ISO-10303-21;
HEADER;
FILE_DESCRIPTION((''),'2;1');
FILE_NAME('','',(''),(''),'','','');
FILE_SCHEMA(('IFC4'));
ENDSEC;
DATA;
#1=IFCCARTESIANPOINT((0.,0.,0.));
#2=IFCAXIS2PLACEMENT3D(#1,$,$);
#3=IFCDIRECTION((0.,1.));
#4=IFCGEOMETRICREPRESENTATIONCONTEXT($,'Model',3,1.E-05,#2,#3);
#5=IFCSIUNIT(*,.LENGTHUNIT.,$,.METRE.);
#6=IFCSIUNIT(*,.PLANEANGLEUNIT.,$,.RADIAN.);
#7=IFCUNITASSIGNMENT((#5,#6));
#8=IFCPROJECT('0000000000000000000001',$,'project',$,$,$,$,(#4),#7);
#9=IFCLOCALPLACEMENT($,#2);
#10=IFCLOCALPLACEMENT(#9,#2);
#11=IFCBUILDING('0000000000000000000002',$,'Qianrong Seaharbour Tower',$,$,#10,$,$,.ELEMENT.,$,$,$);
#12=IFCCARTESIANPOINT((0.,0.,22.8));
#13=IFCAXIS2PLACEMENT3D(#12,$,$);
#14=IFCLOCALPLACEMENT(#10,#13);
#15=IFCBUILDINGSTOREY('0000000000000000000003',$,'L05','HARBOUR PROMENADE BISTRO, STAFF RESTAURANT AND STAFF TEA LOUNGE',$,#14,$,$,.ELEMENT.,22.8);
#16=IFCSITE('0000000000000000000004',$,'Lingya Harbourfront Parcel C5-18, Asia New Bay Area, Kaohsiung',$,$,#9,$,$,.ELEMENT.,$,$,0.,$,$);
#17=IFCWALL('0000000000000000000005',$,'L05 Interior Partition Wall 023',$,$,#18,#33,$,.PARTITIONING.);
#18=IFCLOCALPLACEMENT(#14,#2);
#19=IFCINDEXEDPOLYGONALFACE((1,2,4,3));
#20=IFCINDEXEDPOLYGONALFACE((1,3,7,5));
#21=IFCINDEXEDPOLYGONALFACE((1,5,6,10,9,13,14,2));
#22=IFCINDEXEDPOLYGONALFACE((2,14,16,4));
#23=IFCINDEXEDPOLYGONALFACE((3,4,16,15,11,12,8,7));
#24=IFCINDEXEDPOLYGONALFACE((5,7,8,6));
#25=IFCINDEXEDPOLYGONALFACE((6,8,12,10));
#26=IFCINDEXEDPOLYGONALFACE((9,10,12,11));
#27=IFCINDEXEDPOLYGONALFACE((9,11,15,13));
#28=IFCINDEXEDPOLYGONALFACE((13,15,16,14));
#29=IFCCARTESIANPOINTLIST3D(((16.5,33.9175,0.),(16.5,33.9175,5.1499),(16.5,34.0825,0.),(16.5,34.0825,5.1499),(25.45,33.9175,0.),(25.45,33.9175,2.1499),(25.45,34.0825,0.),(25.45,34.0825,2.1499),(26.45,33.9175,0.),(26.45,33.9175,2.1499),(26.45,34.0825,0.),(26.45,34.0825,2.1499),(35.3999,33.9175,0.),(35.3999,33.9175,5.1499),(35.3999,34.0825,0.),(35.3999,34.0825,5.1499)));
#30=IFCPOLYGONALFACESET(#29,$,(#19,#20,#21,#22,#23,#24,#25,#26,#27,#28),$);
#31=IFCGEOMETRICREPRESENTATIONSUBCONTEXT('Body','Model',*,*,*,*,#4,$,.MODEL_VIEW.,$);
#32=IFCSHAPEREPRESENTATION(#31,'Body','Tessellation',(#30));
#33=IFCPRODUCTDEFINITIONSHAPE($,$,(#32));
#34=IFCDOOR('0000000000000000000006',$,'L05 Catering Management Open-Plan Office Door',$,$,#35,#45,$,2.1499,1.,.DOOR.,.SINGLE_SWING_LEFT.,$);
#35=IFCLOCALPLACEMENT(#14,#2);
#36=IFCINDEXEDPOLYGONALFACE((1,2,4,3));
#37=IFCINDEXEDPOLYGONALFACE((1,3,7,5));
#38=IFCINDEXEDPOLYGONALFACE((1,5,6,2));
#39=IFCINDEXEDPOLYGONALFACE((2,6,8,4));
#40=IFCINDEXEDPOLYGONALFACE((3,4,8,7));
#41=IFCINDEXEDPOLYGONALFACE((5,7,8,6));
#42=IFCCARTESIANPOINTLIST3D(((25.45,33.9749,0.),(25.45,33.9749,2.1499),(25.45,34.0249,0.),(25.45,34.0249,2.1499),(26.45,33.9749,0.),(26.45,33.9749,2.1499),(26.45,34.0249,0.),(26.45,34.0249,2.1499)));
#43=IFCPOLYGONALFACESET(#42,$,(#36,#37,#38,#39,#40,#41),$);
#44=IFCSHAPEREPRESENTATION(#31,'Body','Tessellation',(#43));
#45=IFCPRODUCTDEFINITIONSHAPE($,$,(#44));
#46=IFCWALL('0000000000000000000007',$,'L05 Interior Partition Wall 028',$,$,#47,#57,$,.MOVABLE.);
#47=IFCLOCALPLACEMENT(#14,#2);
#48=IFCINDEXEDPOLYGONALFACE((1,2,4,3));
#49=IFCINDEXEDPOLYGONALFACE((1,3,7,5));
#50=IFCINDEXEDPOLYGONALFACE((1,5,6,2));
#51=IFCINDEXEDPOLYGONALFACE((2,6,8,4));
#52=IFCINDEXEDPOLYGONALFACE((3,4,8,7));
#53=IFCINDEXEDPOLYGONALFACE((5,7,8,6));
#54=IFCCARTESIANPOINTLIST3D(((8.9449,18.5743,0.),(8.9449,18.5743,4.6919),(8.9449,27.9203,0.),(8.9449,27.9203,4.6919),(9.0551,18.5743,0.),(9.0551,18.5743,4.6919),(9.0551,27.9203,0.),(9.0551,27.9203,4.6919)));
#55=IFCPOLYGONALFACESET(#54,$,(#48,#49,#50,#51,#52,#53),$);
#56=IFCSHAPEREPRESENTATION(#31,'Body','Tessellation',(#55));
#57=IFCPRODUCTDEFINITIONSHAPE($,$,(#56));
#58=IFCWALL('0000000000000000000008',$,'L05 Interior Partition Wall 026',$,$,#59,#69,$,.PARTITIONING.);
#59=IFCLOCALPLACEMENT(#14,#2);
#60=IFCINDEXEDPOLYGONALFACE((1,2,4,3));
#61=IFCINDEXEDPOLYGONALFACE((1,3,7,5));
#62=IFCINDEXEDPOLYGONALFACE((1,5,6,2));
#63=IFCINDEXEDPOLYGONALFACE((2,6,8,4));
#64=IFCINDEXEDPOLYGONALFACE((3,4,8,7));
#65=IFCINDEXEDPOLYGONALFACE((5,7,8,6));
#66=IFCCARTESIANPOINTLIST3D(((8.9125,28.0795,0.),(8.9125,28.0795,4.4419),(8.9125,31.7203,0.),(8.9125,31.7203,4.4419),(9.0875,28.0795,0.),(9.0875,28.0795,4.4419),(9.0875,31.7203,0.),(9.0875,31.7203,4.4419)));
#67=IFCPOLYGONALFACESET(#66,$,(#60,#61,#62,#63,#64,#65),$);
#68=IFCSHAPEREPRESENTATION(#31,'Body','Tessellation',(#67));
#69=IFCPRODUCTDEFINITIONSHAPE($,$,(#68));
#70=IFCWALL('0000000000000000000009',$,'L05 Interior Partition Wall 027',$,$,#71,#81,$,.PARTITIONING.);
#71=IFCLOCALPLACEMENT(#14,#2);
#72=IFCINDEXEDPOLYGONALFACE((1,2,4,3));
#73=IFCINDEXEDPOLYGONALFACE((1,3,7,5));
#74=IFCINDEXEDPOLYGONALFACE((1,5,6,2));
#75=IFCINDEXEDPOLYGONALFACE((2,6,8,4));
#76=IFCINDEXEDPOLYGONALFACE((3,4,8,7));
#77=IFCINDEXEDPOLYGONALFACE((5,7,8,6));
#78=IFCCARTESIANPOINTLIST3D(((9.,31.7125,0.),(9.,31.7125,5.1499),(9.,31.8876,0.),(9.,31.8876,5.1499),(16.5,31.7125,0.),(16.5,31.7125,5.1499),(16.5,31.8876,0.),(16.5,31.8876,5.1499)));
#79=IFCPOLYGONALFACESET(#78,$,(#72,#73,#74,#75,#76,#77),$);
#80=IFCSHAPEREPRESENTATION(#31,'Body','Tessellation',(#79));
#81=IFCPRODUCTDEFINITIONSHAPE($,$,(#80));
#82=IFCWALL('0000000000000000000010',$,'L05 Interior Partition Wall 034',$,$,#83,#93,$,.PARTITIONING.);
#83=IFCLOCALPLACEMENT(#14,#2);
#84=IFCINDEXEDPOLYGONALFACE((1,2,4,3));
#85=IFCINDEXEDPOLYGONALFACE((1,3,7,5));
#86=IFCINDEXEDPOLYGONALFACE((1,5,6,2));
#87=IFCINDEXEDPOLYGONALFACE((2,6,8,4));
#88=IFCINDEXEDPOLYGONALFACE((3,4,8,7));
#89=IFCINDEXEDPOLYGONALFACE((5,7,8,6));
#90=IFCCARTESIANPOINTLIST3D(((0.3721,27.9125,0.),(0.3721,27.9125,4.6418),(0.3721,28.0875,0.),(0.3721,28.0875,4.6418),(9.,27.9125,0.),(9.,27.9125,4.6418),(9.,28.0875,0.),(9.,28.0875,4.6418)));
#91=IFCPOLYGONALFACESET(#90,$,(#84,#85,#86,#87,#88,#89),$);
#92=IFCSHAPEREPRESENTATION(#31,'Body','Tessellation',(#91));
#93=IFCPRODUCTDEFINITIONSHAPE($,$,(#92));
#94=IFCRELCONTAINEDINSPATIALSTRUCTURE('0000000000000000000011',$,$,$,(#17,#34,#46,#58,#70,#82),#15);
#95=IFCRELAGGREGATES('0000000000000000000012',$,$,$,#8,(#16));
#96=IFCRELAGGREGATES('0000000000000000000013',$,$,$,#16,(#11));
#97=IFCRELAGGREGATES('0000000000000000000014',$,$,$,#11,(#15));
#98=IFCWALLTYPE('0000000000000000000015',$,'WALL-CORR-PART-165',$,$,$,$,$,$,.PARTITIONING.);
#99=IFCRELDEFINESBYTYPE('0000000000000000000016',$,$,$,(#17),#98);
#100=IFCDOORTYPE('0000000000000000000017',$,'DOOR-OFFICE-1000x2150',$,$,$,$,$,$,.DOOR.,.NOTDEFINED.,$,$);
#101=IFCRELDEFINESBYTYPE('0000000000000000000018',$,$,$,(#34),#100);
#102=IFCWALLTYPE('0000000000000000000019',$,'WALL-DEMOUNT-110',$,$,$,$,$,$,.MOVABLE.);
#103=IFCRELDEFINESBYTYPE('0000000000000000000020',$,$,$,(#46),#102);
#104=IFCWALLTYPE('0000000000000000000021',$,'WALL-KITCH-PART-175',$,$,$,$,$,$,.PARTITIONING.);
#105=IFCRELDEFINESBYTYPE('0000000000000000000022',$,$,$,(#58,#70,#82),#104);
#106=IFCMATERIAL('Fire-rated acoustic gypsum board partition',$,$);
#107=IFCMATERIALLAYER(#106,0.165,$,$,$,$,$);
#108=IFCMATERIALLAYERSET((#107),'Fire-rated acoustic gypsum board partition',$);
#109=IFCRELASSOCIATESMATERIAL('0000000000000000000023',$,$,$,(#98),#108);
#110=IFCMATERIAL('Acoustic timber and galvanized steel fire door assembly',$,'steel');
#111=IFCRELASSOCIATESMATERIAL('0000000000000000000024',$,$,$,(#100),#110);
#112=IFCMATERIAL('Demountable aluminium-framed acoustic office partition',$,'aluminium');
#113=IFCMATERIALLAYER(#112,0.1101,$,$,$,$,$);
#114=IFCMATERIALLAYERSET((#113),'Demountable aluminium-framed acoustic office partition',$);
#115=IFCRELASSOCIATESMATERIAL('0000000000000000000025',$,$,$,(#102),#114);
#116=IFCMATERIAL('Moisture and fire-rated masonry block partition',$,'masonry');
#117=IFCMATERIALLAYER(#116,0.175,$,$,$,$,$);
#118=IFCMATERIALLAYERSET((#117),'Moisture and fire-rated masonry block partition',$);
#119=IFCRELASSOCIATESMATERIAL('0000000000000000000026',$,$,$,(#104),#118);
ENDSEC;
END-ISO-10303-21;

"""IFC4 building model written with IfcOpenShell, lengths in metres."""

from ifc_helpers import new_model, si_unit, direction, frame, frame_2d, origin, place, context, subcontext, project, spatial, rectangle, extrude, material, layer, layer_set, type_object, element, fill, save


model = new_model("IFC4")

# Units and contexts
model_context = context("Model", 3, precision=1e-05, world=origin(), true_north=direction((0.0, 1.0)))
body_context = subcontext(model_context, "Body", "Model", "MODEL_VIEW")
ifc_project = project(units=[si_unit("LENGTHUNIT", "METRE"), si_unit("PLANEANGLEUNIT", "RADIAN")], contexts=[model_context])

# Site, building, storey
site_placement = place(None, origin())
site = spatial("IfcSite", under=ifc_project, at=site_placement, Name="Lingya Harbourfront Parcel C5-18, Asia New Bay Area, Kaohsiung", CompositionType="ELEMENT", RefElevation=0.0)
building_placement = place(site_placement, origin())
building = spatial("IfcBuilding", under=site, at=building_placement, Name="Qianrong Seaharbour Tower", CompositionType="ELEMENT")
storey_placement = place(building_placement, frame((0.0, 0.0, 22.8)))
storey = spatial("IfcBuildingStorey", under=building, at=storey_placement, Name="L05", Description="HARBOUR PROMENADE BISTRO, STAFF RESTAURANT AND STAFF TEA LOUNGE", CompositionType="ELEMENT", Elevation=22.8)

# Wall, opening, door
ifc_material_1 = material(Name="Fire-rated acoustic gypsum board partition")
ifc_layer_1 = layer(ifc_material_1, 0.165)
ifc_layer_set_1 = layer_set([ifc_layer_1], Name="Fire-rated acoustic gypsum board partition")
wall_type_1 = type_object("IfcWallType", Name="WALL-CORR-PART-165", PredefinedType="PARTITIONING", material=ifc_layer_set_1)
wall_1_placement = place(storey_placement, frame((16.5, 34.0, 0.0), z_axis=(0.0, 0.0, 1.0), x_axis=(1.0, 0.0, 0.0)))
wall_1 = element("IfcWall", 1, at=wall_1_placement, inside=storey, type_object=wall_type_1, Name="L05 Interior Partition Wall 023", PredefinedType="PARTITIONING", context=body_context, shape_type="SweptSolid", body=[
    extrude(rectangle(XDim=18.8999, YDim=0.165, at=frame_2d((9.45, 0.0))), origin(), (0.0, 0.0, 1.0), 5.1499),
])
opening_1_placement = place(wall_1_placement, frame((8.95, 0.0, 0.0)))
opening_1 = element("IfcOpeningElement", 2, at=opening_1_placement, cuts=wall_1, PredefinedType="OPENING", context=body_context, shape_type="SweptSolid", body=[
    extrude(rectangle(XDim=1.0, YDim=2.1499, at=frame_2d((0.5, 1.075))), frame((0.0, 0.0925, 0.0), z_axis=(0.0, -1.0, 0.0), x_axis=(1.0, 0.0, 0.0)), (0.0, 0.0, 1.0), 0.1851),
])
ifc_material_2 = material(Name="Acoustic timber and galvanized steel fire door assembly", Category="steel")
door_type = type_object("IfcDoorType", Name="DOOR-OFFICE-1000x2150", OperationType="NOTDEFINED", PredefinedType="DOOR", material=ifc_material_2)
door_1_placement = place(opening_1_placement, origin())
door_1 = element("IfcDoor", 3, at=door_1_placement, inside=storey, type_object=door_type, Name="L05 Catering Management Open-Plan Office Door", OperationType="SINGLE_SWING_LEFT", OverallHeight=2.1499, OverallWidth=1.0, PredefinedType="DOOR", context=body_context, shape_type="SweptSolid", body=[
    extrude(rectangle(XDim=1.0, YDim=2.1499, at=frame_2d((0.5, 1.075))), frame((0.0, 0.0249, 0.0), z_axis=(0.0, -1.0, 0.0), x_axis=(1.0, 0.0, 0.0)), (0.0, 0.0, 1.0), 0.05),
])
fill(opening_1, door_1)

# Wall
ifc_material_3 = material(Name="Demountable aluminium-framed acoustic office partition", Category="aluminium")
ifc_layer_2 = layer(ifc_material_3, 0.1101)
ifc_layer_set_2 = layer_set([ifc_layer_2], Name="Demountable aluminium-framed acoustic office partition")
wall_type_2 = type_object("IfcWallType", Name="WALL-DEMOUNT-110", PredefinedType="MOVABLE", material=ifc_layer_set_2)
wall_2_placement = place(storey_placement, frame((9.0, 18.5745, 0.0), z_axis=(0.0, 0.0, 1.0), x_axis=(0.0, 1.0, 0.0)))
element("IfcWall", 4, at=wall_2_placement, inside=storey, type_object=wall_type_2, Name="L05 Interior Partition Wall 028", PredefinedType="MOVABLE", context=body_context, shape_type="SweptSolid", body=[
    extrude(rectangle(XDim=9.3459, YDim=0.1101, at=frame_2d((4.6729, 0.0))), origin(), (0.0, 0.0, 1.0), 4.6919),
])

# Shared definitions
ifc_material_4 = material(Name="Moisture and fire-rated masonry block partition", Category="masonry")
ifc_layer_3 = layer(ifc_material_4, 0.175)
ifc_layer_set_3 = layer_set([ifc_layer_3], Name="Moisture and fire-rated masonry block partition")
wall_type_3 = type_object("IfcWallType", Name="WALL-KITCH-PART-175", PredefinedType="PARTITIONING", material=ifc_layer_set_3)

# Walls
wall_3_placement = place(storey_placement, frame((9.0, 28.0796, 0.0), z_axis=(0.0, 0.0, 1.0), x_axis=(0.0, 1.0, 0.0)))
element("IfcWall", 5, at=wall_3_placement, inside=storey, type_object=wall_type_3, Name="L05 Interior Partition Wall 026", PredefinedType="PARTITIONING", context=body_context, shape_type="SweptSolid", body=[
    extrude(rectangle(XDim=3.6409, YDim=0.175, at=frame_2d((1.8203, 0.0))), origin(), (0.0, 0.0, 1.0), 4.4419),
])
wall_4_placement = place(storey_placement, frame((9.0, 31.8, 0.0), z_axis=(0.0, 0.0, 1.0), x_axis=(1.0, 0.0, 0.0)))
element("IfcWall", 6, at=wall_4_placement, inside=storey, type_object=wall_type_3, Name="L05 Interior Partition Wall 027", PredefinedType="PARTITIONING", context=body_context, shape_type="SweptSolid", body=[
    extrude(rectangle(XDim=7.5, YDim=0.175, at=frame_2d((3.75, 0.0))), origin(), (0.0, 0.0, 1.0), 5.1499),
])
wall_5_placement = place(storey_placement, frame((9.0, 28.0, 0.0), z_axis=(0.0, 0.0, 1.0), x_axis=(-1.0, 0.0, 0.0)))
element("IfcWall", 7, at=wall_5_placement, inside=storey, type_object=wall_type_3, Name="L05 Interior Partition Wall 034", PredefinedType="PARTITIONING", context=body_context, shape_type="SweptSolid", body=[
    extrude(rectangle(XDim=8.6279, YDim=0.175, at=frame_2d((4.314, 0.0))), origin(), (0.0, 0.0, 1.0), 4.6418),
])

save(model, "model.ifc")
